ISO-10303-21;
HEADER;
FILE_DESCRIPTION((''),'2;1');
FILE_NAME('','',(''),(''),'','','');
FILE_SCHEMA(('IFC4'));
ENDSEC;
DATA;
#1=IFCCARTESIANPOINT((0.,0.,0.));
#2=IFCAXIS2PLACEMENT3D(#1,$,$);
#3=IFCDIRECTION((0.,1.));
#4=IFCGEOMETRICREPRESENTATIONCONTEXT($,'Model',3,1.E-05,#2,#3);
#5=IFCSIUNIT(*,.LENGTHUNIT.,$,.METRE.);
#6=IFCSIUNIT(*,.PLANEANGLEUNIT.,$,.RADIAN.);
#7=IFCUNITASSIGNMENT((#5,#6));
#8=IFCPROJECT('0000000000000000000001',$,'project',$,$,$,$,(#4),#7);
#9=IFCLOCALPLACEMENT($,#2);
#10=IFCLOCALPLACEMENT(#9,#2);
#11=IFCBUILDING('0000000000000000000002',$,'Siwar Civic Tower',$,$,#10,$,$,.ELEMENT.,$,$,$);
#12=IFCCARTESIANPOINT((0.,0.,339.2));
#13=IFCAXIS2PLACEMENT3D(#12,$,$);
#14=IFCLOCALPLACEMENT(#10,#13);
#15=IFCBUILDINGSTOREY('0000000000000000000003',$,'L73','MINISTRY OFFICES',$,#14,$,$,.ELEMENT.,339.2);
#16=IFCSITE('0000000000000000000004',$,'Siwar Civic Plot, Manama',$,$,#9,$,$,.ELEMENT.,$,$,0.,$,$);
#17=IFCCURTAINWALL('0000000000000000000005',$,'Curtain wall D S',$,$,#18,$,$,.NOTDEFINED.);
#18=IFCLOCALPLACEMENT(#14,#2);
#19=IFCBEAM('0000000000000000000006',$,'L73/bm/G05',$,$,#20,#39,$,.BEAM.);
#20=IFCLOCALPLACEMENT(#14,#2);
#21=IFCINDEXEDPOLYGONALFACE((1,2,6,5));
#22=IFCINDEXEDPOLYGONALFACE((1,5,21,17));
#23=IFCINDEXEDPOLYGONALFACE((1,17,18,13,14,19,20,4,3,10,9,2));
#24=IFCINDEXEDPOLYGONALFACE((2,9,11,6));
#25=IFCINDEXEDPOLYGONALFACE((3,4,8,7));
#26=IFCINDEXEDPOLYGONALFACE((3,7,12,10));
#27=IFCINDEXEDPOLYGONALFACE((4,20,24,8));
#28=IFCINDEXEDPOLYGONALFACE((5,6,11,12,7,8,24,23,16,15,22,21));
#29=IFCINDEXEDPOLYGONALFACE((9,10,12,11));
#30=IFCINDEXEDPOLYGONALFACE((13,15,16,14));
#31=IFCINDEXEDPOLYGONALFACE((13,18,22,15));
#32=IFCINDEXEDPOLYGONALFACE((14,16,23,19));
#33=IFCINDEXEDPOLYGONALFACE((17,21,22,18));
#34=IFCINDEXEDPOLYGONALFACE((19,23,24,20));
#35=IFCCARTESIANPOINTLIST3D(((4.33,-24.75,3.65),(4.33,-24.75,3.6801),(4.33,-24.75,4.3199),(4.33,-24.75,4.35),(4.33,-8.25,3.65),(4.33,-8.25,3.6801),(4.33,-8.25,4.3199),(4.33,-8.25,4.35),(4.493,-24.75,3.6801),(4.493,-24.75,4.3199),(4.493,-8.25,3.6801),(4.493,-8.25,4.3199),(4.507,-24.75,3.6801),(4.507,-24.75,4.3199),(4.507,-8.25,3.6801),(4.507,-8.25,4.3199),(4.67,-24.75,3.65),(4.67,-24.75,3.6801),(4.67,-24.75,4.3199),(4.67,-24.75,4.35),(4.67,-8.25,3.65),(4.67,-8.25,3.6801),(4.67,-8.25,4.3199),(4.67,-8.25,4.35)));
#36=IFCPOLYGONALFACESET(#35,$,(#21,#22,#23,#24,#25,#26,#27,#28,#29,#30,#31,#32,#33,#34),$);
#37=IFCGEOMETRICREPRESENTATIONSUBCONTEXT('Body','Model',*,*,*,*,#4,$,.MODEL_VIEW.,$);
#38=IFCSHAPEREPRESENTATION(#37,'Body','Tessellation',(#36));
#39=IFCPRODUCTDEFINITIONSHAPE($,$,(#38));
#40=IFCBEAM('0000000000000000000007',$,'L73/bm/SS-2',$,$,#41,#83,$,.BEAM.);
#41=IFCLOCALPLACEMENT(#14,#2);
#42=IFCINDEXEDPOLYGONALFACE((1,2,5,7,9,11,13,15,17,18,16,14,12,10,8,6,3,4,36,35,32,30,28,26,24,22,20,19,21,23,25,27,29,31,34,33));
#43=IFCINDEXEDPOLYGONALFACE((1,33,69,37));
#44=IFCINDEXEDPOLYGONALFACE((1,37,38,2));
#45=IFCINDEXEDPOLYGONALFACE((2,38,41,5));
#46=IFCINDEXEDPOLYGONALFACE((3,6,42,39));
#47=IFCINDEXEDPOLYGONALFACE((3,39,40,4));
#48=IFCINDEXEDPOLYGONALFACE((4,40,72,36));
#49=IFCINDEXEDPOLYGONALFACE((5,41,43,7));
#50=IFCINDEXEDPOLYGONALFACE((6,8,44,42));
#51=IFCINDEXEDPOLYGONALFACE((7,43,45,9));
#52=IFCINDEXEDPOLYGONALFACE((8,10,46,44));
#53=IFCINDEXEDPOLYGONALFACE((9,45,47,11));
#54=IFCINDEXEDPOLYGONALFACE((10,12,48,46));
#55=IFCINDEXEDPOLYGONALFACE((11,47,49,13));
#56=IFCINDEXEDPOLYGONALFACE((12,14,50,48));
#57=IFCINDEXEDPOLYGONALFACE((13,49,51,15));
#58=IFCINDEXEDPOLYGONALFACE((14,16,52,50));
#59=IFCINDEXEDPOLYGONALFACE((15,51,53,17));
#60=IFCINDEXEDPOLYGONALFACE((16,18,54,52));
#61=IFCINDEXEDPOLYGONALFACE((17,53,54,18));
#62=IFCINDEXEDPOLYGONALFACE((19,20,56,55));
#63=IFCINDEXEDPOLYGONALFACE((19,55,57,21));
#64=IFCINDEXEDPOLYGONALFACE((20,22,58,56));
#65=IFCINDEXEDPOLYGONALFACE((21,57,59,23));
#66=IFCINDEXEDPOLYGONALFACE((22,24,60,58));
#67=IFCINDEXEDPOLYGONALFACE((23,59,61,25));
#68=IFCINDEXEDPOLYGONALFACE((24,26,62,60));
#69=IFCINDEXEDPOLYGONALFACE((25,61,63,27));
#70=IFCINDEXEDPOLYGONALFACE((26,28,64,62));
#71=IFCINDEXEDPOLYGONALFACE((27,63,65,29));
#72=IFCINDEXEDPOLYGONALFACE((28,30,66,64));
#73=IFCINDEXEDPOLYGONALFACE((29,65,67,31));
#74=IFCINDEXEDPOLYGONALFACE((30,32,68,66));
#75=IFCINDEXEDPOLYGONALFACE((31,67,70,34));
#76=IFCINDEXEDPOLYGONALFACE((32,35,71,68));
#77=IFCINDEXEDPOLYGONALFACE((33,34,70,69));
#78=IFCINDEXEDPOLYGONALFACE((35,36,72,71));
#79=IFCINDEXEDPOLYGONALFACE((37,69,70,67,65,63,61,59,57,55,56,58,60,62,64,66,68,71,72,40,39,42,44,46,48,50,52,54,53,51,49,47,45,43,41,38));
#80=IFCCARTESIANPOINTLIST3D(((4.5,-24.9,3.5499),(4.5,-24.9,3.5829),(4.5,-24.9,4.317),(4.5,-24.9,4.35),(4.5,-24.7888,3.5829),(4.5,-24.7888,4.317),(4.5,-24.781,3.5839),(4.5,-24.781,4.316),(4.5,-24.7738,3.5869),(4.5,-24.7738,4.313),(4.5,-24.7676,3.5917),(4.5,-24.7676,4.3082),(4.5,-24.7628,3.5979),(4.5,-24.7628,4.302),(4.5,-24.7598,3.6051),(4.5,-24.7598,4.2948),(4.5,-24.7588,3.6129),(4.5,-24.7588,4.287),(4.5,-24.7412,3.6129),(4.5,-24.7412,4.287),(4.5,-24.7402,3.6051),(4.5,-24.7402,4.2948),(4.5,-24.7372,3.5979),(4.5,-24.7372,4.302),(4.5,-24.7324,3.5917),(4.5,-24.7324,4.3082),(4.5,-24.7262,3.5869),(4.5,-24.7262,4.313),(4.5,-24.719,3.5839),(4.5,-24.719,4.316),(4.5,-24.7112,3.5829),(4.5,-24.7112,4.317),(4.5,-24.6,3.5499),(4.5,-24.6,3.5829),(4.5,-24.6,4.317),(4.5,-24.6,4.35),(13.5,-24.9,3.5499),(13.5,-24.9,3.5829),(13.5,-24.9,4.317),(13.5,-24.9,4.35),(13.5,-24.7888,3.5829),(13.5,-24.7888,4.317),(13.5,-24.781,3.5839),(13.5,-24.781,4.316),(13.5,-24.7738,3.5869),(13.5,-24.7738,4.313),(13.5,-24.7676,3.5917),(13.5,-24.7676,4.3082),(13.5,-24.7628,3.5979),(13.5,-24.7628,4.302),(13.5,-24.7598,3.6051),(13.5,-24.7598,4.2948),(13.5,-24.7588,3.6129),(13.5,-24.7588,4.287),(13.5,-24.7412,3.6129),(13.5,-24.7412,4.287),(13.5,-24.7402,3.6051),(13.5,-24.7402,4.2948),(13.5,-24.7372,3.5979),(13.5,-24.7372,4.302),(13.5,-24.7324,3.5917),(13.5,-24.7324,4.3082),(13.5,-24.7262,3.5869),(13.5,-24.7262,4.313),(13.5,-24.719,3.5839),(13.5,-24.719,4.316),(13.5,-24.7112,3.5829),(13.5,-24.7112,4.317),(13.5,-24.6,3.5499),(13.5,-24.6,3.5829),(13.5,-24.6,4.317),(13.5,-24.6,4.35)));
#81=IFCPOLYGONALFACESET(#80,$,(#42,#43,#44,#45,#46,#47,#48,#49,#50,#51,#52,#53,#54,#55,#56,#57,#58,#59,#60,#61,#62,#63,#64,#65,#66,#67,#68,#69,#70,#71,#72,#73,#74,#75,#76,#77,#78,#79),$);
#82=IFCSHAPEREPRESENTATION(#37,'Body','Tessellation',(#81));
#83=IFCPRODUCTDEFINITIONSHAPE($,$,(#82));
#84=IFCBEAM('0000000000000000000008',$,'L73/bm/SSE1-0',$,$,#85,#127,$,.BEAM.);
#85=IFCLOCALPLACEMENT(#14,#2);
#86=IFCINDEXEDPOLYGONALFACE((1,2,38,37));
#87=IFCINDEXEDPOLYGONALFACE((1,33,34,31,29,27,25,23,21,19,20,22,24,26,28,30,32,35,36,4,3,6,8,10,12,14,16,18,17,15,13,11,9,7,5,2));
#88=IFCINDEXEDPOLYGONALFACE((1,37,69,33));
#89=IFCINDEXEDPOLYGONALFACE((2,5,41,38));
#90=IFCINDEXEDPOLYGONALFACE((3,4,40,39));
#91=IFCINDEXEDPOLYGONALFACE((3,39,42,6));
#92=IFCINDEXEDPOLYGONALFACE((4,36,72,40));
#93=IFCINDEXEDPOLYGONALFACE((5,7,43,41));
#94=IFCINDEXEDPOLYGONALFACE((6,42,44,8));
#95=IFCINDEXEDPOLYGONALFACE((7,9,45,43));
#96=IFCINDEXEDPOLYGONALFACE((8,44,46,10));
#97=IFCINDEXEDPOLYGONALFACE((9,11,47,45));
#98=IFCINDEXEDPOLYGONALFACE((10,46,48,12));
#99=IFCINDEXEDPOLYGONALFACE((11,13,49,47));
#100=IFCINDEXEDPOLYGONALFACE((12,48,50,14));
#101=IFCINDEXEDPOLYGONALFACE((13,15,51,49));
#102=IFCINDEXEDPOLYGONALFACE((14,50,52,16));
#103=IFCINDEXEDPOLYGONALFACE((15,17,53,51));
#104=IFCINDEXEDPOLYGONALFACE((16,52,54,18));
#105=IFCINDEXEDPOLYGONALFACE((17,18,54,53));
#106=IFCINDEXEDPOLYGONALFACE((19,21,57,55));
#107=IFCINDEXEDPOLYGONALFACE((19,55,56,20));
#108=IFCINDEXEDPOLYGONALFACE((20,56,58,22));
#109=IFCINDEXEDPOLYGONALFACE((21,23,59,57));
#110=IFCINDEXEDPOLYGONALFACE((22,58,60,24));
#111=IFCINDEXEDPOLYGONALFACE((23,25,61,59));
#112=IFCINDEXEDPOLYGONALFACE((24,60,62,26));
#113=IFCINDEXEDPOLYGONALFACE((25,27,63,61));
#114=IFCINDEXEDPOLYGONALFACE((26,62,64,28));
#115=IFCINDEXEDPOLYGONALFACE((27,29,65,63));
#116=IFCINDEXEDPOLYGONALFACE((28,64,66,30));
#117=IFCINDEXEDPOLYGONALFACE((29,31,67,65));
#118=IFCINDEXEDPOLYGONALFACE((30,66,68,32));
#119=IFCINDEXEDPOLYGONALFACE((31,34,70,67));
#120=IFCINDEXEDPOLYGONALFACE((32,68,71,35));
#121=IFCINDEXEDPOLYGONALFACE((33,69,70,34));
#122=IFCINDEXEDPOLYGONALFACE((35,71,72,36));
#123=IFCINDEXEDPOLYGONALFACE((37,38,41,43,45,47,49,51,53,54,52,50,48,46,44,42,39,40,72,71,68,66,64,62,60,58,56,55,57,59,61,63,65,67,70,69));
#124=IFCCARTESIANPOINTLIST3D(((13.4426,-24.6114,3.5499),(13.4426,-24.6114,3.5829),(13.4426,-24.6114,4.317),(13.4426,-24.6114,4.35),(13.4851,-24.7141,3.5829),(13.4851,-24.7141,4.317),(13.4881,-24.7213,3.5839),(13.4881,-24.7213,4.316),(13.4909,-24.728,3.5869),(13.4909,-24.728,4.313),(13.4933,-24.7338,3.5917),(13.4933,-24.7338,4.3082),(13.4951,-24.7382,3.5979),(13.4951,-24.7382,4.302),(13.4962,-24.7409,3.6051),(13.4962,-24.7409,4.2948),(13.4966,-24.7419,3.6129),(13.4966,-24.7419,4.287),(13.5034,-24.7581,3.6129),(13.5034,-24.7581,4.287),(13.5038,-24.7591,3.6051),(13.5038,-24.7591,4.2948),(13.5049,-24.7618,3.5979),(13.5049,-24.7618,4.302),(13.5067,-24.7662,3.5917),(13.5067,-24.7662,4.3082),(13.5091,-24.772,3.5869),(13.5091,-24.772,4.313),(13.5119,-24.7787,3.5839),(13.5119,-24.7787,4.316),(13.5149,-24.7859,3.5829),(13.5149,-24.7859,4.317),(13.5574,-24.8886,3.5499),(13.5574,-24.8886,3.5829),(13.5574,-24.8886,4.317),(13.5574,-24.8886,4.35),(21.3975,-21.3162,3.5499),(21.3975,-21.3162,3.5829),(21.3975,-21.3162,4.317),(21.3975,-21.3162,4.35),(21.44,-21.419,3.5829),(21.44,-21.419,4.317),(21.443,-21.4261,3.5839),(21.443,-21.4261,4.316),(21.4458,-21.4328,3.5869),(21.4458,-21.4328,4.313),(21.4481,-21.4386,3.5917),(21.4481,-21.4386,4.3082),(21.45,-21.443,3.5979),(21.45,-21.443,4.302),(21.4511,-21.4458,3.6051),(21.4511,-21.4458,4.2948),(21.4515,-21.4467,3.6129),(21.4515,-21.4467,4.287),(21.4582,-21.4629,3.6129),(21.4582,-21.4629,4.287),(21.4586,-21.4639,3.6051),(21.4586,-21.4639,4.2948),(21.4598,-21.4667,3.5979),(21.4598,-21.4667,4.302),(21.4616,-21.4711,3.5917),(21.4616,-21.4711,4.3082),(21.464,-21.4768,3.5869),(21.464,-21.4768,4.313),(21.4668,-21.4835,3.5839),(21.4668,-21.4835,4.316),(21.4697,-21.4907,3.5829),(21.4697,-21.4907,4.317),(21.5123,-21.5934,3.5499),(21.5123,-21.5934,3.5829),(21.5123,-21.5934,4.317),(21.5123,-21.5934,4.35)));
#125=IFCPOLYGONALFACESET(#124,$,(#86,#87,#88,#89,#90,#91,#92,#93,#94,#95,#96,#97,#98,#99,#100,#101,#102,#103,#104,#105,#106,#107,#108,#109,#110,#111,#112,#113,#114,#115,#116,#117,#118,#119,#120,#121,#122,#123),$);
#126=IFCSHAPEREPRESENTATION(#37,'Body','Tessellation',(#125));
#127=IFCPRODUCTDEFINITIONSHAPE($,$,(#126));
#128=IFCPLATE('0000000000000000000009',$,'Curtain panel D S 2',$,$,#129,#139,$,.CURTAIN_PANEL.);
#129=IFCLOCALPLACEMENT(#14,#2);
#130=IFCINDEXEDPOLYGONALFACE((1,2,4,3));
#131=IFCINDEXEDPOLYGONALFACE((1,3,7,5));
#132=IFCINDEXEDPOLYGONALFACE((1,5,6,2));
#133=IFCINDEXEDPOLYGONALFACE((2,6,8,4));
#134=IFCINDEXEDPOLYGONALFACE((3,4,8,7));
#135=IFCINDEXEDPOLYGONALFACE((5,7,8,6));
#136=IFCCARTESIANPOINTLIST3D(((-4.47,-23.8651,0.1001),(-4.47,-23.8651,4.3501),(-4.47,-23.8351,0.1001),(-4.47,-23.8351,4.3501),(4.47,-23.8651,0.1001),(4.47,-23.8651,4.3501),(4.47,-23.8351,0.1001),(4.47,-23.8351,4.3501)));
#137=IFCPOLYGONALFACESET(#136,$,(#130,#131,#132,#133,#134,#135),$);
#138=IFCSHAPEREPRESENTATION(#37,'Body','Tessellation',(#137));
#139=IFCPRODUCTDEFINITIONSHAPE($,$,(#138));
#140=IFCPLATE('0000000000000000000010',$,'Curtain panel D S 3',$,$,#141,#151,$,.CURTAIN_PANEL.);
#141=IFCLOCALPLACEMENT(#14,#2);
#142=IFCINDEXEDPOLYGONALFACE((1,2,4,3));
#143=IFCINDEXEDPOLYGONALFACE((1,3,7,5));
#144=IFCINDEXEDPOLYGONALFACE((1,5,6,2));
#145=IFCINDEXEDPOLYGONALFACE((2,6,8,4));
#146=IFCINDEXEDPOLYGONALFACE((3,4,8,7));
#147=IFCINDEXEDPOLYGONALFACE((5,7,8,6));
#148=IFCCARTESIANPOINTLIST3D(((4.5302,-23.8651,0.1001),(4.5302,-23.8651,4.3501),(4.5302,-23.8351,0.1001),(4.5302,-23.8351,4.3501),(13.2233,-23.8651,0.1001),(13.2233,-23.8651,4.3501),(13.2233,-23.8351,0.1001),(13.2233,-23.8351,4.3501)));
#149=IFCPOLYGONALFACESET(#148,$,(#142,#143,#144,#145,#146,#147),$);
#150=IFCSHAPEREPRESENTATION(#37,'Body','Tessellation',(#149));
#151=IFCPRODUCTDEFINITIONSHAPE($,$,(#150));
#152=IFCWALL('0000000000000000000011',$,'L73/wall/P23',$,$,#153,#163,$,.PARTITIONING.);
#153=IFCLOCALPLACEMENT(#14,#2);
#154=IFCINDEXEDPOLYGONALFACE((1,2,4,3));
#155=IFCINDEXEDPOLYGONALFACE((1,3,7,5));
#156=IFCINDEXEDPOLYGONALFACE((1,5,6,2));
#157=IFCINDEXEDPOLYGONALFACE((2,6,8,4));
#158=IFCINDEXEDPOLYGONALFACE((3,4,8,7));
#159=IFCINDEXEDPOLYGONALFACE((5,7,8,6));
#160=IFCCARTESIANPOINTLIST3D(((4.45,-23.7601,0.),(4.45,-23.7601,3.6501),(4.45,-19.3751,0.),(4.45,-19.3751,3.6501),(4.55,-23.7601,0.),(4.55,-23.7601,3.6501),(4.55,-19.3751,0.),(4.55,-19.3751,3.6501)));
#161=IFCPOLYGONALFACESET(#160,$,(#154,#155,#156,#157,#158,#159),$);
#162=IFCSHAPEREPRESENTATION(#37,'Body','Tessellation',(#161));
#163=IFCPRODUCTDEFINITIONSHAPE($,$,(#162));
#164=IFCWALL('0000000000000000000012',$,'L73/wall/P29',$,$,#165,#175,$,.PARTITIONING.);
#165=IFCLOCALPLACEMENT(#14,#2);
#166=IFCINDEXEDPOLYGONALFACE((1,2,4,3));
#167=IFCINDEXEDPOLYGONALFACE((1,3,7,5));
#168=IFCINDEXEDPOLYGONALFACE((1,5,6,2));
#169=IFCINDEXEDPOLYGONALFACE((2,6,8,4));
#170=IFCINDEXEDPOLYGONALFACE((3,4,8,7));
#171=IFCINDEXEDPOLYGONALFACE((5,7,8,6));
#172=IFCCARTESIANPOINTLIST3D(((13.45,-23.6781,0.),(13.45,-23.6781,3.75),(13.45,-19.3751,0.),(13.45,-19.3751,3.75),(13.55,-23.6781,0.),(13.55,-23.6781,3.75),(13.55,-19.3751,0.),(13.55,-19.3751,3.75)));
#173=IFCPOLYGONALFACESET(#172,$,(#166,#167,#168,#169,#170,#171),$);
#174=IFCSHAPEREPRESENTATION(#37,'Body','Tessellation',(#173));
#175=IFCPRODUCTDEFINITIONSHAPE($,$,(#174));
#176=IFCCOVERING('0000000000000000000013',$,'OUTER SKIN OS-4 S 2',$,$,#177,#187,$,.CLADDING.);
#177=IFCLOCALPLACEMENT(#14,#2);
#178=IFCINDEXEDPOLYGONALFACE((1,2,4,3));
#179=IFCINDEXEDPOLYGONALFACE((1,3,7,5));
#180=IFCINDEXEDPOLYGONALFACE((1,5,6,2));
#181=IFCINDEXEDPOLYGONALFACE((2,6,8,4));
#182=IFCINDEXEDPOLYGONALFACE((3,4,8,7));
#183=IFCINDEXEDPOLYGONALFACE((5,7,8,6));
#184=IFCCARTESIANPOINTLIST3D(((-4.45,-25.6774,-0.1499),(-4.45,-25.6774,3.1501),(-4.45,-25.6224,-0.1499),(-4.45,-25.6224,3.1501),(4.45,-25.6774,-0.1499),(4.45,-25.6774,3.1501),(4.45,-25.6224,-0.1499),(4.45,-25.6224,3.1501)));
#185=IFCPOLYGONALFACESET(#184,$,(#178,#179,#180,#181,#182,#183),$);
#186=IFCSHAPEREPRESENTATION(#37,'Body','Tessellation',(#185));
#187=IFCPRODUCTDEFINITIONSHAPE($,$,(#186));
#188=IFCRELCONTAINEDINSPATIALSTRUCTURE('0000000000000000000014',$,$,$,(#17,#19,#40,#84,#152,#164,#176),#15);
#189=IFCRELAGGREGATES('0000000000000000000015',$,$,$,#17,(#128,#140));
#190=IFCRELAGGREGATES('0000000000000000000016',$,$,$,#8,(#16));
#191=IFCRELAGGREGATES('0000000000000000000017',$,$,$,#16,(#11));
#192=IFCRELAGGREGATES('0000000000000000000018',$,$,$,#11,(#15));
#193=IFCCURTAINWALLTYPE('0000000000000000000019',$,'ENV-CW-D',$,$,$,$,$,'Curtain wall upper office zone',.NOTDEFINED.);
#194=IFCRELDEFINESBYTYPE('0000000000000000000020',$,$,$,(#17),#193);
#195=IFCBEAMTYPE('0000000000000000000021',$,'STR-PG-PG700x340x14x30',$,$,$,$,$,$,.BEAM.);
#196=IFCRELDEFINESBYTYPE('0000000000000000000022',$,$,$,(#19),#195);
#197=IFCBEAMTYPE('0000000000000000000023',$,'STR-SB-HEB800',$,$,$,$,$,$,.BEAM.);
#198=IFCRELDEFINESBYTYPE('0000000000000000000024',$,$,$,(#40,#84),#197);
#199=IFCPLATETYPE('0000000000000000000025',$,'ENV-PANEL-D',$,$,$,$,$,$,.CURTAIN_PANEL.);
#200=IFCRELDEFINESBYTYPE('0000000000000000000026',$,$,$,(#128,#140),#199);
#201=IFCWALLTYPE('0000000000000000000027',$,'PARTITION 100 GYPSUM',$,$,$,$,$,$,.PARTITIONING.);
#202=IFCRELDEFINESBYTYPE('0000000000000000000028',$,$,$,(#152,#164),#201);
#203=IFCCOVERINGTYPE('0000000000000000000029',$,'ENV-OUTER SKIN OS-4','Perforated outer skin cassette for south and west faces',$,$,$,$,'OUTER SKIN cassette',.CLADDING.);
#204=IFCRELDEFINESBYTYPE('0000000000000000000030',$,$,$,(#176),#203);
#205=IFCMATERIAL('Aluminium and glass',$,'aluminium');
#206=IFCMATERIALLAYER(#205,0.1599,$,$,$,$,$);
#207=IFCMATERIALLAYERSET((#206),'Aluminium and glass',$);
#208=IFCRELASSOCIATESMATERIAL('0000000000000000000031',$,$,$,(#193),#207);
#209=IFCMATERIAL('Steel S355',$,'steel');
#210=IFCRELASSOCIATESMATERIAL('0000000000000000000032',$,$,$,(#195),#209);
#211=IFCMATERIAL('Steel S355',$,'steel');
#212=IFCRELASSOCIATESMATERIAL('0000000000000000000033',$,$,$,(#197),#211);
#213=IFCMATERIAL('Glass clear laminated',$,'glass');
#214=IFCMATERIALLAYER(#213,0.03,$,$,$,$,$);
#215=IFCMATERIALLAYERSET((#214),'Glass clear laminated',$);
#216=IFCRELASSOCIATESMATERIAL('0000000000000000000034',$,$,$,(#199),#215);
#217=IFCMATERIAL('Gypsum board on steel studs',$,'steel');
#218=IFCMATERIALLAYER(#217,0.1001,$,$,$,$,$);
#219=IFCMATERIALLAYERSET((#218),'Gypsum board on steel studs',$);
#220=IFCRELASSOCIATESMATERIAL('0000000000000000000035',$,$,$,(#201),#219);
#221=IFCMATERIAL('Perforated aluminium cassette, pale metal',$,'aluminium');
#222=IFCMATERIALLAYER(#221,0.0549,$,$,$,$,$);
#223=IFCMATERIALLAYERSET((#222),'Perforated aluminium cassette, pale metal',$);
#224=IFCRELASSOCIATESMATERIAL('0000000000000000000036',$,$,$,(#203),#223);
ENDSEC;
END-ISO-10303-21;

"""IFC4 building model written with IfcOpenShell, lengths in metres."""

from ifc_helpers import new_model, si_unit, direction, frame, frame_2d, origin, origin_2d, place, context, subcontext, project, spatial, rectangle, i_section, extrude, material, layer, layer_set, material_profile, profile_set, type_object, element, aggregate, save


model = new_model("IFC4")

# Units and contexts
model_context = context("Model", 3, precision=1e-05, world=origin(), true_north=direction((0.0, 1.0)))
body_context = subcontext(model_context, "Body", "Model", "MODEL_VIEW")
ifc_project = project(units=[si_unit("LENGTHUNIT", "METRE"), si_unit("PLANEANGLEUNIT", "RADIAN")], contexts=[model_context])

# Site, building, storey
site_placement = place(None, origin())
site = spatial("IfcSite", under=ifc_project, at=site_placement, Name="Siwar Civic Plot, Manama", CompositionType="ELEMENT", RefElevation=0.0)
building_placement = place(site_placement, origin())
building = spatial("IfcBuilding", under=site, at=building_placement, Name="Siwar Civic Tower", CompositionType="ELEMENT")
storey_placement = place(building_placement, frame((0.0, 0.0, 339.2)))
storey = spatial("IfcBuildingStorey", under=building, at=storey_placement, Name="L73", Description="MINISTRY OFFICES", CompositionType="ELEMENT", Elevation=339.2)

# Curtain wall
ifc_material_1 = material(Name="Aluminium and glass", Category="aluminium")
ifc_layer_1 = layer(ifc_material_1, 0.1599)
ifc_layer_set_1 = layer_set([ifc_layer_1], Name="Aluminium and glass")
curtain_wall_type_1 = type_object("IfcCurtainWallType", Name="ENV-CW-D", ElementType="Curtain wall upper office zone", PredefinedType="NOTDEFINED", material=ifc_layer_set_1)
curtain_wall_1_placement = place(storey_placement, origin())
curtain_wall_1 = element("IfcCurtainWall", 1, at=curtain_wall_1_placement, inside=storey, type_object=curtain_wall_type_1, Name="Curtain wall D S", PredefinedType="NOTDEFINED")

# Beams
ifc_material_2 = material(Name="Steel S355", Category="steel")
ifc_material_profile_1 = material_profile(ifc_material_2, i_section(OverallWidth=0.3401, OverallDepth=0.7, WebThickness=0.0139, FlangeThickness=0.03, at=origin_2d()), Name="PG700x340x14x30")
ifc_profile_set_1 = profile_set([ifc_material_profile_1], Name="Steel S355")
beam_type_1 = type_object("IfcBeamType", Name="STR-PG-PG700x340x14x30", PredefinedType="BEAM", material=ifc_profile_set_1)
beam_1_placement = place(storey_placement, frame((4.5, -24.75, 4.0), z_axis=(0.0, 1.0, 0.0), x_axis=(-1.0, 0.0, 0.0)))
element("IfcBeam", 2, at=beam_1_placement, inside=storey, type_object=beam_type_1, Name="L73/bm/G05", PredefinedType="BEAM", context=body_context, shape_type="SweptSolid", body=[
    extrude(i_section(OverallWidth=0.3401, OverallDepth=0.7, WebThickness=0.0139, FlangeThickness=0.03, at=origin_2d()), origin(), (0.0, 0.0, 1.0), 16.5),
])
ifc_material_3 = material(Name="Steel S355", Category="steel")
ifc_material_profile_2 = material_profile(ifc_material_3, i_section(OverallWidth=0.3, OverallDepth=0.8, WebThickness=0.0176, FlangeThickness=0.033, FilletRadius=0.03, at=origin_2d()), Name="HEB800")
ifc_profile_set_2 = profile_set([ifc_material_profile_2], Name="Steel S355")
beam_type_2 = type_object("IfcBeamType", Name="STR-SB-HEB800", PredefinedType="BEAM", material=ifc_profile_set_2)
beam_2_placement = place(storey_placement, frame((4.5, -24.75, 3.95), z_axis=(1.0, 0.0, 0.0), x_axis=(0.0, 1.0, 0.0)))
element("IfcBeam", 3, at=beam_2_placement, inside=storey, type_object=beam_type_2, Name="L73/bm/SS-2", PredefinedType="BEAM", context=body_context, shape_type="SweptSolid", body=[
    extrude(i_section(OverallWidth=0.3, OverallDepth=0.8, WebThickness=0.0176, FlangeThickness=0.033, FilletRadius=0.03, at=origin_2d()), origin(), (0.0, 0.0, 1.0), 9.0),
])
beam_3_placement = place(storey_placement, frame((13.5, -24.75, 3.95), z_axis=(0.923873, 0.3827, 0.0), x_axis=(-0.3827, 0.923873, 0.0)))
element("IfcBeam", 4, at=beam_3_placement, inside=storey, type_object=beam_type_2, Name="L73/bm/SSE1-0", PredefinedType="BEAM", context=body_context, shape_type="SweptSolid", body=[
    extrude(i_section(OverallWidth=0.3, OverallDepth=0.8, WebThickness=0.0176, FlangeThickness=0.033, FilletRadius=0.03, at=origin_2d()), origin(), (0.0, 0.0, 1.0), 8.6104),
])

# Plates
ifc_material_4 = material(Name="Glass clear laminated", Category="glass")
ifc_layer_2 = layer(ifc_material_4, 0.03)
ifc_layer_set_2 = layer_set([ifc_layer_2], Name="Glass clear laminated")
plate_type = type_object("IfcPlateType", Name="ENV-PANEL-D", PredefinedType="CURTAIN_PANEL", material=ifc_layer_set_2)
plate_1_placement = place(storey_placement, frame((0.0, -23.8501, 0.1001), z_axis=(0.0, 0.0, 1.0), x_axis=(1.0, 0.0, 0.0)))
plate_1 = element("IfcPlate", 5, at=plate_1_placement, type_object=plate_type, Name="Curtain panel D S 2", PredefinedType="CURTAIN_PANEL", context=body_context, shape_type="SweptSolid", body=[
    extrude(rectangle(XDim=8.9399, YDim=0.03, at=origin_2d()), origin(), (0.0, 0.0, 1.0), 4.25),
])
plate_2_placement = place(storey_placement, frame((8.8767, -23.8501, 0.1001), z_axis=(0.0, 0.0, 1.0), x_axis=(1.0, 0.0, 0.0)))
plate_2 = element("IfcPlate", 6, at=plate_2_placement, type_object=plate_type, Name="Curtain panel D S 3", PredefinedType="CURTAIN_PANEL", context=body_context, shape_type="SweptSolid", body=[
    extrude(rectangle(XDim=8.6931, YDim=0.03, at=origin_2d()), origin(), (0.0, 0.0, 1.0), 4.25),
])
aggregate(curtain_wall_1, [plate_1, plate_2])

# Walls
ifc_material_5 = material(Name="Gypsum board on steel studs", Category="steel")
ifc_layer_3 = layer(ifc_material_5, 0.1001)
ifc_layer_set_3 = layer_set([ifc_layer_3], Name="Gypsum board on steel studs")
wall_type = type_object("IfcWallType", Name="PARTITION 100 GYPSUM", PredefinedType="PARTITIONING", material=ifc_layer_set_3)
wall_1_placement = place(storey_placement, frame((4.5, -23.76, 0.0), z_axis=(0.0, 0.0, 1.0), x_axis=(0.0, 1.0, 0.0)))
element("IfcWall", 7, at=wall_1_placement, inside=storey, type_object=wall_type, Name="L73/wall/P23", PredefinedType="PARTITIONING", context=body_context, shape_type="SweptSolid", body=[
    extrude(rectangle(XDim=4.385, YDim=0.1001, at=frame_2d((2.1924, 0.0))), origin(), (0.0, 0.0, 1.0), 3.6501),
])
wall_2_placement = place(storey_placement, frame((13.5, -23.678, 0.0), z_axis=(0.0, 0.0, 1.0), x_axis=(0.0, 1.0, 0.0)))
element("IfcWall", 8, at=wall_2_placement, inside=storey, type_object=wall_type, Name="L73/wall/P29", PredefinedType="PARTITIONING", context=body_context, shape_type="SweptSolid", body=[
    extrude(rectangle(XDim=4.303, YDim=0.1001, at=frame_2d((2.1514, 0.0))), origin(), (0.0, 0.0, 1.0), 3.75),
])

# Covering
ifc_material_6 = material(Name="Perforated aluminium cassette, pale metal", Category="aluminium")
ifc_layer_4 = layer(ifc_material_6, 0.0549)
ifc_layer_set_4 = layer_set([ifc_layer_4], Name="Perforated aluminium cassette, pale metal")
covering_type = type_object("IfcCoveringType", Name="ENV-OUTER SKIN OS-4", Description="Perforated outer skin cassette for south and west faces", ElementType="OUTER SKIN cassette", PredefinedType="CLADDING", material=ifc_layer_set_4)
covering_1_placement = place(storey_placement, frame((0.0, -25.6499, -0.1499), z_axis=(0.0, 0.0, 1.0), x_axis=(1.0, 0.0, 0.0)))
element("IfcCovering", 9, at=covering_1_placement, inside=storey, type_object=covering_type, Name="OUTER SKIN OS-4 S 2", PredefinedType="CLADDING", context=body_context, shape_type="SweptSolid", body=[
    extrude(rectangle(XDim=8.8999, YDim=0.0549, at=origin_2d()), origin(), (0.0, 0.0, 1.0), 3.3),
])

save(model, "model.ifc")
